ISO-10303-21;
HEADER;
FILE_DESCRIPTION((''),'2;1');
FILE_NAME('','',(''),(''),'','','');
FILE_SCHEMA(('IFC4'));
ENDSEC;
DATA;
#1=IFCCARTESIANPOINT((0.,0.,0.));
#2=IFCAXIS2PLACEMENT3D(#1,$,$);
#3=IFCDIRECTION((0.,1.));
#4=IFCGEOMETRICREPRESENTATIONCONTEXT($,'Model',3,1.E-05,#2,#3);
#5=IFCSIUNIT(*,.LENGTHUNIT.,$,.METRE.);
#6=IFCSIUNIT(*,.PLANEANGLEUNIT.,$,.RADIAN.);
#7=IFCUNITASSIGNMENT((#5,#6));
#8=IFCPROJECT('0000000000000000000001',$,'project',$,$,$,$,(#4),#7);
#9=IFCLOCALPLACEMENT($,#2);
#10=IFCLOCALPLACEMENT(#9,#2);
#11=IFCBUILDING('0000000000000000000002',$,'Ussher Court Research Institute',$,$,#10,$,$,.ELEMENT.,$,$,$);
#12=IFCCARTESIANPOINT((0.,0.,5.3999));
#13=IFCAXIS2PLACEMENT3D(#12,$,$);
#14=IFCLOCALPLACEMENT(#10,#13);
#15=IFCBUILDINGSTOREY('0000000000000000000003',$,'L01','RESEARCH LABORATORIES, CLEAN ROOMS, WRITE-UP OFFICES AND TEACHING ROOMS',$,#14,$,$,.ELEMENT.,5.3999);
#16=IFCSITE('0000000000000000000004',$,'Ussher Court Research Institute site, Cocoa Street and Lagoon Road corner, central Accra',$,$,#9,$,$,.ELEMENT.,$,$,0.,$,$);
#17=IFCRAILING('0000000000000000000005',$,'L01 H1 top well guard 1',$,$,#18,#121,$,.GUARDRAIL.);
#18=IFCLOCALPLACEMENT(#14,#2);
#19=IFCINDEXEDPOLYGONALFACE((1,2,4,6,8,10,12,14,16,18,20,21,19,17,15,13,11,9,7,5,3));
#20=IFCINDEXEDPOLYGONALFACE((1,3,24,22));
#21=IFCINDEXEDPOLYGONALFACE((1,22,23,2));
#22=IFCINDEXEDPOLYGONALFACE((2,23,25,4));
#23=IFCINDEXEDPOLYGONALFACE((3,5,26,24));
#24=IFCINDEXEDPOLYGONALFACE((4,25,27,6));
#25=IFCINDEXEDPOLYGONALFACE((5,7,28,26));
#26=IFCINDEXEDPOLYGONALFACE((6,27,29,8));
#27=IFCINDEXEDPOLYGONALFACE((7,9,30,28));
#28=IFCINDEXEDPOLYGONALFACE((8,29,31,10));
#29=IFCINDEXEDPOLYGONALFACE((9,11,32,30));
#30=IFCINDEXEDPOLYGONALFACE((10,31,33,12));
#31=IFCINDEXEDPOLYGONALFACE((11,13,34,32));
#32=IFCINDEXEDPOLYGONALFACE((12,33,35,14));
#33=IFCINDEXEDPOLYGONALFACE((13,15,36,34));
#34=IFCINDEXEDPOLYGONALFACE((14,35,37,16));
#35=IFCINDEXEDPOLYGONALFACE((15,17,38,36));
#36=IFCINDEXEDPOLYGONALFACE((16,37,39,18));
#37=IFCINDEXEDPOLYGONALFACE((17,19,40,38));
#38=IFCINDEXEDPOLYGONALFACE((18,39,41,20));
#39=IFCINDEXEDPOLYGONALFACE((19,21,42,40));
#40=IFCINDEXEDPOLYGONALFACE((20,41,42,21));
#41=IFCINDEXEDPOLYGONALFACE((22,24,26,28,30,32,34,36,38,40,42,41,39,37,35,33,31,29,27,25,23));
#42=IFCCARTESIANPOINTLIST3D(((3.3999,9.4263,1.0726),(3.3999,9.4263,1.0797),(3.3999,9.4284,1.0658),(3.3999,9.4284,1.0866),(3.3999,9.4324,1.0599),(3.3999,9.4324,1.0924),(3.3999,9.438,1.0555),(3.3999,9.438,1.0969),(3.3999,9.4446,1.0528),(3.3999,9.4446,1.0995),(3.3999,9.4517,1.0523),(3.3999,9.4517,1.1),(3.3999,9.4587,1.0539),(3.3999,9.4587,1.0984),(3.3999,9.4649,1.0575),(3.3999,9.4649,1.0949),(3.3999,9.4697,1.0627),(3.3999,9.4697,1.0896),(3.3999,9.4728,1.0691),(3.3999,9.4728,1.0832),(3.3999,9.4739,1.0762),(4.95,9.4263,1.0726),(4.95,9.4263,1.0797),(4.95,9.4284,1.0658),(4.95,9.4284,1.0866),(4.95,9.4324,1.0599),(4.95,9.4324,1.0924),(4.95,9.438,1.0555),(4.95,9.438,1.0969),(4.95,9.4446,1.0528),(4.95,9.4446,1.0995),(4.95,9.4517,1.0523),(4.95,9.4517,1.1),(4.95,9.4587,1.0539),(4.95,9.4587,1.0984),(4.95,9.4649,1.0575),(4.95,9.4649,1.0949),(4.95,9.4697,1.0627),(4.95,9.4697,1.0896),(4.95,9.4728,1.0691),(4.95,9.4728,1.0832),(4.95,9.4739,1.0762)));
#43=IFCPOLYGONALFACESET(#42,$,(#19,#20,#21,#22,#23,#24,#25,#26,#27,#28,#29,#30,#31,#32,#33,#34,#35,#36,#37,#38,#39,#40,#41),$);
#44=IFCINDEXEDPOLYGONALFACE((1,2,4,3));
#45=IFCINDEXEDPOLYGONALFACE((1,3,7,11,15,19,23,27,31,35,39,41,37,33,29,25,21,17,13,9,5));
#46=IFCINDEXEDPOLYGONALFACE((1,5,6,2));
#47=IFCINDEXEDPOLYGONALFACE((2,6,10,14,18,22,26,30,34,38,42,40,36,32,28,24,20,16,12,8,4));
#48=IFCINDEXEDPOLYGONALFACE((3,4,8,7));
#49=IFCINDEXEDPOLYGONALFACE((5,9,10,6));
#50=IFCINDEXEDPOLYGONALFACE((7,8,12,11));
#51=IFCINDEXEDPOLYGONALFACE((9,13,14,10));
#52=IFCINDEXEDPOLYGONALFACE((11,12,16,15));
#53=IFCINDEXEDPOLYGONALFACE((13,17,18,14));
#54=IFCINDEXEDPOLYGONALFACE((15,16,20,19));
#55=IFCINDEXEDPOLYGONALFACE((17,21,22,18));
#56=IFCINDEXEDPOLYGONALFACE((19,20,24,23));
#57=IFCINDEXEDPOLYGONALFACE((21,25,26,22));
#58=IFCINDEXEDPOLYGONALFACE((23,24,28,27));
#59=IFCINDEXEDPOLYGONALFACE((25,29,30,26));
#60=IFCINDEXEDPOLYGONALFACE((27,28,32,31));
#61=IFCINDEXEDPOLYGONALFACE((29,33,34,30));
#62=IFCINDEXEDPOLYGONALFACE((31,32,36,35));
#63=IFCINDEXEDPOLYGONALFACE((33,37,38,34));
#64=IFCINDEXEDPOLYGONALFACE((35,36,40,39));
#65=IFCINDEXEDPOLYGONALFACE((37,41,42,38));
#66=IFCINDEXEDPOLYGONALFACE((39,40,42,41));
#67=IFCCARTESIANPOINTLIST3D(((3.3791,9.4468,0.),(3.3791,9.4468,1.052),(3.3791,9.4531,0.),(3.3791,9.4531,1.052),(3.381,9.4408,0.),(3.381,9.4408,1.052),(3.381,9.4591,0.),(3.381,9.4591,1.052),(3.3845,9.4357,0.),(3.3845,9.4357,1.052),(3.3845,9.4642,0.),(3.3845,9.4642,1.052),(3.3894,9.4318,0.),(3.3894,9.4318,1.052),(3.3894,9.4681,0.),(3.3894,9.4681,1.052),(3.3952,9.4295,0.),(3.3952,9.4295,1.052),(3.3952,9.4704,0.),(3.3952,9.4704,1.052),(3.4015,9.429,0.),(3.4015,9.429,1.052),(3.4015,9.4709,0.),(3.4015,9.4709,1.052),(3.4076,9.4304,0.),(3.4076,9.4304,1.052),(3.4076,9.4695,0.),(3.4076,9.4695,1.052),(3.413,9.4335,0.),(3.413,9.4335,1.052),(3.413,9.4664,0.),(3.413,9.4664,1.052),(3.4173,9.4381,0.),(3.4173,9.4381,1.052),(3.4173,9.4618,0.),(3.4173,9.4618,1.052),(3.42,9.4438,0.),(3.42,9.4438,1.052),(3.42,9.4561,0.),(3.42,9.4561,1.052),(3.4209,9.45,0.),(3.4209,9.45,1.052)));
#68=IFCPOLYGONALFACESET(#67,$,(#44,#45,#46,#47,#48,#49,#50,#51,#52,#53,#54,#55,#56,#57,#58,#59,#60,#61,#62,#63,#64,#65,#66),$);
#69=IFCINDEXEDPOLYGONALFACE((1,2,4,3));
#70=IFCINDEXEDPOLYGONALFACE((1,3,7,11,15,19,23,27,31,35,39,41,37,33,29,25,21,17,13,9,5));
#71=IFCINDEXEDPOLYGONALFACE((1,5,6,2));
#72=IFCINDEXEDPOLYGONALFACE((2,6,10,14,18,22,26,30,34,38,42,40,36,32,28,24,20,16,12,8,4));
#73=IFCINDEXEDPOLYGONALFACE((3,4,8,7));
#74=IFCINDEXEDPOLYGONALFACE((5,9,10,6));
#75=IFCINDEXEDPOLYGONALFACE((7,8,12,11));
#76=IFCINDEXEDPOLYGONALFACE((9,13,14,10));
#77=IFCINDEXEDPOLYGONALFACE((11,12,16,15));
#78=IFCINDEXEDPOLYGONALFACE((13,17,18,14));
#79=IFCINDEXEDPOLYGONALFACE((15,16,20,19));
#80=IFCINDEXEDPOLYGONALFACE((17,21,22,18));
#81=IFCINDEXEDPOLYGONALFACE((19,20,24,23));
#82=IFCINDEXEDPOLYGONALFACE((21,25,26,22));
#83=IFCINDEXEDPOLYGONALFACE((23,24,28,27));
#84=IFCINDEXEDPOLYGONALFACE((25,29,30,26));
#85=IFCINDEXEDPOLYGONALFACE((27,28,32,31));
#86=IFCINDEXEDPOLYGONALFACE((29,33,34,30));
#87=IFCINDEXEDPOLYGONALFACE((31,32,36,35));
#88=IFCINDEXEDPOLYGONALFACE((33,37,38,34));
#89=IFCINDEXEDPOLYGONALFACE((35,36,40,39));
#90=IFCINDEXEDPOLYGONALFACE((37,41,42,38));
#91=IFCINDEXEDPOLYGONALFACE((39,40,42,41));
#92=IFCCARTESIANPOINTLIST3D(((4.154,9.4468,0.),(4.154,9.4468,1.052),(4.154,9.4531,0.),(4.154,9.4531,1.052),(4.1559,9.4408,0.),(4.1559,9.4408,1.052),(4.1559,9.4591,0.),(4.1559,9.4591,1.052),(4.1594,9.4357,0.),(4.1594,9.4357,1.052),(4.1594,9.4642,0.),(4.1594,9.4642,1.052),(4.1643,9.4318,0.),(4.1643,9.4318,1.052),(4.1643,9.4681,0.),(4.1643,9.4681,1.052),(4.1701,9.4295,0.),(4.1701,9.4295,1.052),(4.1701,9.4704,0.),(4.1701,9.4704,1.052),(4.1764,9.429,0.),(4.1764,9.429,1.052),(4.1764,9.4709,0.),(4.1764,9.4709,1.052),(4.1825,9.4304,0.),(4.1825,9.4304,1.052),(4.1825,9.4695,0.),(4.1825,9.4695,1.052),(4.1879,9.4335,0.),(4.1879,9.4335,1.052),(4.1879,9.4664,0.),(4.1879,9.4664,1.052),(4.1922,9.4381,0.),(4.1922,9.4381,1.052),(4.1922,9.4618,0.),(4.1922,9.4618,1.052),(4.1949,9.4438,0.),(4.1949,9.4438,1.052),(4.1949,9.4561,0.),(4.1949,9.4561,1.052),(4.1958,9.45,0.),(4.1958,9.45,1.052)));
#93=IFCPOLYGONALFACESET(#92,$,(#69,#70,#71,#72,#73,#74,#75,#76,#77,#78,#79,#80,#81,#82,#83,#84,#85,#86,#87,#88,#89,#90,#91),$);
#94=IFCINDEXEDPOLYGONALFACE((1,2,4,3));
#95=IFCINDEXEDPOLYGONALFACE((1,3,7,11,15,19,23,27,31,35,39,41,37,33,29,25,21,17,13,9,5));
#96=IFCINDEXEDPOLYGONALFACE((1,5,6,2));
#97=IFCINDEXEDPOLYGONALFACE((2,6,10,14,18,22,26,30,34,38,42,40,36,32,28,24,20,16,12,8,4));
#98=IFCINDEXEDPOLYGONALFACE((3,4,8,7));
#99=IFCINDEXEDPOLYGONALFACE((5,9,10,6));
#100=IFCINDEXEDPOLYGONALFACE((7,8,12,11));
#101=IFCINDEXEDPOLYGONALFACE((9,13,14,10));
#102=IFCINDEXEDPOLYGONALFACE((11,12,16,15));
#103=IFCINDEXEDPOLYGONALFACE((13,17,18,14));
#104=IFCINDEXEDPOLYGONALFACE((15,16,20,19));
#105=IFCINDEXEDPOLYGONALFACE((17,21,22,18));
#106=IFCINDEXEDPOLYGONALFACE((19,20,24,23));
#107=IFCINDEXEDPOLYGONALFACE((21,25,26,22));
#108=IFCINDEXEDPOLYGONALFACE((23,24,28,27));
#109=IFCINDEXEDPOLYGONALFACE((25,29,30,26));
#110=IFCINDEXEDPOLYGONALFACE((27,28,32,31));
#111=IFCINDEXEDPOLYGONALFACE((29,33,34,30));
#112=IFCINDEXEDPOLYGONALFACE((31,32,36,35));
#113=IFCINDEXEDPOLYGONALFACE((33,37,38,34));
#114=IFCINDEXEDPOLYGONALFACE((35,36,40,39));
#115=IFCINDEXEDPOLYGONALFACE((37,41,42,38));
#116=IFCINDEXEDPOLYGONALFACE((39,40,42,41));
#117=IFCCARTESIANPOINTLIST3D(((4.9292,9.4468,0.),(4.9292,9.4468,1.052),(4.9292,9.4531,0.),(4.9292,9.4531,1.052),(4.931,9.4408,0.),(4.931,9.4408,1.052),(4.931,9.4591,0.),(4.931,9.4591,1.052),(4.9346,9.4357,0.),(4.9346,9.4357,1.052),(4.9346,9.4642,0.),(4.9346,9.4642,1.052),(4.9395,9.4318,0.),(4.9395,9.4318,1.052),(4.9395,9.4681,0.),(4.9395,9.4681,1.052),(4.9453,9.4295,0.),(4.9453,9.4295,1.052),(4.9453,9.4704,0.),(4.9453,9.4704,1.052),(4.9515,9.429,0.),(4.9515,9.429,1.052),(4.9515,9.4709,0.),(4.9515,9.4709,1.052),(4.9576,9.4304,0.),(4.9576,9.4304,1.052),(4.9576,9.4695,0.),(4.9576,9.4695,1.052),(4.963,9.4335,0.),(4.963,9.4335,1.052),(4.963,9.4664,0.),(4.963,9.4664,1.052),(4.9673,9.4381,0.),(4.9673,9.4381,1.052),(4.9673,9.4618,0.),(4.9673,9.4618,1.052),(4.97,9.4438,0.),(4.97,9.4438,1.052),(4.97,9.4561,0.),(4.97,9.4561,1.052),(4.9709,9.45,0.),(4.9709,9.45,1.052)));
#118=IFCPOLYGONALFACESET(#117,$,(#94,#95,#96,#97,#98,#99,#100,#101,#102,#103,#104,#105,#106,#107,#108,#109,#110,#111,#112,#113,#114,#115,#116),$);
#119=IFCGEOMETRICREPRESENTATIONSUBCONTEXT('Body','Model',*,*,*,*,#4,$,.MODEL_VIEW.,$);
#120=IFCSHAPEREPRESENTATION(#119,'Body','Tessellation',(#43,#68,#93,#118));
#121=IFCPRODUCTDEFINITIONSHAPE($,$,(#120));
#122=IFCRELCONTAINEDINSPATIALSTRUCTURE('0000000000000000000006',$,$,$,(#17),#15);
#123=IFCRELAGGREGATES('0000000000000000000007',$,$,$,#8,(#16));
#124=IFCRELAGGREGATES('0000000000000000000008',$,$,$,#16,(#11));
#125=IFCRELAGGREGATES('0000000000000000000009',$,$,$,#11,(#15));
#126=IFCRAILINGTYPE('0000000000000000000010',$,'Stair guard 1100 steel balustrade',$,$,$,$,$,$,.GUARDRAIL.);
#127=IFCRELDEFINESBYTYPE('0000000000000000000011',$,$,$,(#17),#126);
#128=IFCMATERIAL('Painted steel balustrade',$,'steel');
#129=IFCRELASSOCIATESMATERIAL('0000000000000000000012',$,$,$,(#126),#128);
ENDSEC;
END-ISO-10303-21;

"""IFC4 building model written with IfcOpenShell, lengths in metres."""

from ifc_helpers import new_model, si_unit, direction, frame, origin, origin_2d, place, context, subcontext, project, spatial, circle, extrude, material, type_object, element, save


model = new_model("IFC4")

# Units and contexts
model_context = context("Model", 3, precision=1e-05, world=origin(), true_north=direction((0.0, 1.0)))
body_context = subcontext(model_context, "Body", "Model", "MODEL_VIEW")
ifc_project = project(units=[si_unit("LENGTHUNIT", "METRE"), si_unit("PLANEANGLEUNIT", "RADIAN")], contexts=[model_context])

# Site, building, storey
site_placement = place(None, origin())
site = spatial("IfcSite", under=ifc_project, at=site_placement, Name="Ussher Court Research Institute site, Cocoa Street and Lagoon Road corner, central Accra", CompositionType="ELEMENT", RefElevation=0.0)
building_placement = place(site_placement, origin())
building = spatial("IfcBuilding", under=site, at=building_placement, Name="Ussher Court Research Institute", CompositionType="ELEMENT")
storey_placement = place(building_placement, frame((0.0, 0.0, 5.3999)))
storey = spatial("IfcBuildingStorey", under=building, at=storey_placement, Name="L01", Description="RESEARCH LABORATORIES, CLEAN ROOMS, WRITE-UP OFFICES AND TEACHING ROOMS", CompositionType="ELEMENT", Elevation=5.3999)

# Railing
ifc_material_1 = material(Name="Painted steel balustrade", Category="steel")
railing_type = type_object("IfcRailingType", Name="Stair guard 1100 steel balustrade", PredefinedType="GUARDRAIL", material=ifc_material_1)
railing_placement = place(storey_placement, frame((3.3999, 9.45, 0.0)))
element("IfcRailing", 1, at=railing_placement, inside=storey, type_object=railing_type, Name="L01 H1 top well guard 1", PredefinedType="GUARDRAIL", context=body_context, shape_type="SweptSolid", body=[
    extrude(circle(Radius=0.0239, at=origin_2d()), frame((0.0, 0.0, 1.0762), z_axis=(1.0, 0.0, 0.0), x_axis=(0.0, 1.0, 0.0)), (0.0, 0.0, 1.0), 1.55),
    extrude(circle(Radius=0.021, at=origin_2d()), origin(), (0.0, 0.0, 1.0), 1.052),
    extrude(circle(Radius=0.021, at=origin_2d()), frame((0.7749, 0.0, 0.0)), (0.0, 0.0, 1.0), 1.052),
    extrude(circle(Radius=0.021, at=origin_2d()), frame((1.55, 0.0, 0.0)), (0.0, 0.0, 1.0), 1.052),
])

save(model, "model.ifc")
